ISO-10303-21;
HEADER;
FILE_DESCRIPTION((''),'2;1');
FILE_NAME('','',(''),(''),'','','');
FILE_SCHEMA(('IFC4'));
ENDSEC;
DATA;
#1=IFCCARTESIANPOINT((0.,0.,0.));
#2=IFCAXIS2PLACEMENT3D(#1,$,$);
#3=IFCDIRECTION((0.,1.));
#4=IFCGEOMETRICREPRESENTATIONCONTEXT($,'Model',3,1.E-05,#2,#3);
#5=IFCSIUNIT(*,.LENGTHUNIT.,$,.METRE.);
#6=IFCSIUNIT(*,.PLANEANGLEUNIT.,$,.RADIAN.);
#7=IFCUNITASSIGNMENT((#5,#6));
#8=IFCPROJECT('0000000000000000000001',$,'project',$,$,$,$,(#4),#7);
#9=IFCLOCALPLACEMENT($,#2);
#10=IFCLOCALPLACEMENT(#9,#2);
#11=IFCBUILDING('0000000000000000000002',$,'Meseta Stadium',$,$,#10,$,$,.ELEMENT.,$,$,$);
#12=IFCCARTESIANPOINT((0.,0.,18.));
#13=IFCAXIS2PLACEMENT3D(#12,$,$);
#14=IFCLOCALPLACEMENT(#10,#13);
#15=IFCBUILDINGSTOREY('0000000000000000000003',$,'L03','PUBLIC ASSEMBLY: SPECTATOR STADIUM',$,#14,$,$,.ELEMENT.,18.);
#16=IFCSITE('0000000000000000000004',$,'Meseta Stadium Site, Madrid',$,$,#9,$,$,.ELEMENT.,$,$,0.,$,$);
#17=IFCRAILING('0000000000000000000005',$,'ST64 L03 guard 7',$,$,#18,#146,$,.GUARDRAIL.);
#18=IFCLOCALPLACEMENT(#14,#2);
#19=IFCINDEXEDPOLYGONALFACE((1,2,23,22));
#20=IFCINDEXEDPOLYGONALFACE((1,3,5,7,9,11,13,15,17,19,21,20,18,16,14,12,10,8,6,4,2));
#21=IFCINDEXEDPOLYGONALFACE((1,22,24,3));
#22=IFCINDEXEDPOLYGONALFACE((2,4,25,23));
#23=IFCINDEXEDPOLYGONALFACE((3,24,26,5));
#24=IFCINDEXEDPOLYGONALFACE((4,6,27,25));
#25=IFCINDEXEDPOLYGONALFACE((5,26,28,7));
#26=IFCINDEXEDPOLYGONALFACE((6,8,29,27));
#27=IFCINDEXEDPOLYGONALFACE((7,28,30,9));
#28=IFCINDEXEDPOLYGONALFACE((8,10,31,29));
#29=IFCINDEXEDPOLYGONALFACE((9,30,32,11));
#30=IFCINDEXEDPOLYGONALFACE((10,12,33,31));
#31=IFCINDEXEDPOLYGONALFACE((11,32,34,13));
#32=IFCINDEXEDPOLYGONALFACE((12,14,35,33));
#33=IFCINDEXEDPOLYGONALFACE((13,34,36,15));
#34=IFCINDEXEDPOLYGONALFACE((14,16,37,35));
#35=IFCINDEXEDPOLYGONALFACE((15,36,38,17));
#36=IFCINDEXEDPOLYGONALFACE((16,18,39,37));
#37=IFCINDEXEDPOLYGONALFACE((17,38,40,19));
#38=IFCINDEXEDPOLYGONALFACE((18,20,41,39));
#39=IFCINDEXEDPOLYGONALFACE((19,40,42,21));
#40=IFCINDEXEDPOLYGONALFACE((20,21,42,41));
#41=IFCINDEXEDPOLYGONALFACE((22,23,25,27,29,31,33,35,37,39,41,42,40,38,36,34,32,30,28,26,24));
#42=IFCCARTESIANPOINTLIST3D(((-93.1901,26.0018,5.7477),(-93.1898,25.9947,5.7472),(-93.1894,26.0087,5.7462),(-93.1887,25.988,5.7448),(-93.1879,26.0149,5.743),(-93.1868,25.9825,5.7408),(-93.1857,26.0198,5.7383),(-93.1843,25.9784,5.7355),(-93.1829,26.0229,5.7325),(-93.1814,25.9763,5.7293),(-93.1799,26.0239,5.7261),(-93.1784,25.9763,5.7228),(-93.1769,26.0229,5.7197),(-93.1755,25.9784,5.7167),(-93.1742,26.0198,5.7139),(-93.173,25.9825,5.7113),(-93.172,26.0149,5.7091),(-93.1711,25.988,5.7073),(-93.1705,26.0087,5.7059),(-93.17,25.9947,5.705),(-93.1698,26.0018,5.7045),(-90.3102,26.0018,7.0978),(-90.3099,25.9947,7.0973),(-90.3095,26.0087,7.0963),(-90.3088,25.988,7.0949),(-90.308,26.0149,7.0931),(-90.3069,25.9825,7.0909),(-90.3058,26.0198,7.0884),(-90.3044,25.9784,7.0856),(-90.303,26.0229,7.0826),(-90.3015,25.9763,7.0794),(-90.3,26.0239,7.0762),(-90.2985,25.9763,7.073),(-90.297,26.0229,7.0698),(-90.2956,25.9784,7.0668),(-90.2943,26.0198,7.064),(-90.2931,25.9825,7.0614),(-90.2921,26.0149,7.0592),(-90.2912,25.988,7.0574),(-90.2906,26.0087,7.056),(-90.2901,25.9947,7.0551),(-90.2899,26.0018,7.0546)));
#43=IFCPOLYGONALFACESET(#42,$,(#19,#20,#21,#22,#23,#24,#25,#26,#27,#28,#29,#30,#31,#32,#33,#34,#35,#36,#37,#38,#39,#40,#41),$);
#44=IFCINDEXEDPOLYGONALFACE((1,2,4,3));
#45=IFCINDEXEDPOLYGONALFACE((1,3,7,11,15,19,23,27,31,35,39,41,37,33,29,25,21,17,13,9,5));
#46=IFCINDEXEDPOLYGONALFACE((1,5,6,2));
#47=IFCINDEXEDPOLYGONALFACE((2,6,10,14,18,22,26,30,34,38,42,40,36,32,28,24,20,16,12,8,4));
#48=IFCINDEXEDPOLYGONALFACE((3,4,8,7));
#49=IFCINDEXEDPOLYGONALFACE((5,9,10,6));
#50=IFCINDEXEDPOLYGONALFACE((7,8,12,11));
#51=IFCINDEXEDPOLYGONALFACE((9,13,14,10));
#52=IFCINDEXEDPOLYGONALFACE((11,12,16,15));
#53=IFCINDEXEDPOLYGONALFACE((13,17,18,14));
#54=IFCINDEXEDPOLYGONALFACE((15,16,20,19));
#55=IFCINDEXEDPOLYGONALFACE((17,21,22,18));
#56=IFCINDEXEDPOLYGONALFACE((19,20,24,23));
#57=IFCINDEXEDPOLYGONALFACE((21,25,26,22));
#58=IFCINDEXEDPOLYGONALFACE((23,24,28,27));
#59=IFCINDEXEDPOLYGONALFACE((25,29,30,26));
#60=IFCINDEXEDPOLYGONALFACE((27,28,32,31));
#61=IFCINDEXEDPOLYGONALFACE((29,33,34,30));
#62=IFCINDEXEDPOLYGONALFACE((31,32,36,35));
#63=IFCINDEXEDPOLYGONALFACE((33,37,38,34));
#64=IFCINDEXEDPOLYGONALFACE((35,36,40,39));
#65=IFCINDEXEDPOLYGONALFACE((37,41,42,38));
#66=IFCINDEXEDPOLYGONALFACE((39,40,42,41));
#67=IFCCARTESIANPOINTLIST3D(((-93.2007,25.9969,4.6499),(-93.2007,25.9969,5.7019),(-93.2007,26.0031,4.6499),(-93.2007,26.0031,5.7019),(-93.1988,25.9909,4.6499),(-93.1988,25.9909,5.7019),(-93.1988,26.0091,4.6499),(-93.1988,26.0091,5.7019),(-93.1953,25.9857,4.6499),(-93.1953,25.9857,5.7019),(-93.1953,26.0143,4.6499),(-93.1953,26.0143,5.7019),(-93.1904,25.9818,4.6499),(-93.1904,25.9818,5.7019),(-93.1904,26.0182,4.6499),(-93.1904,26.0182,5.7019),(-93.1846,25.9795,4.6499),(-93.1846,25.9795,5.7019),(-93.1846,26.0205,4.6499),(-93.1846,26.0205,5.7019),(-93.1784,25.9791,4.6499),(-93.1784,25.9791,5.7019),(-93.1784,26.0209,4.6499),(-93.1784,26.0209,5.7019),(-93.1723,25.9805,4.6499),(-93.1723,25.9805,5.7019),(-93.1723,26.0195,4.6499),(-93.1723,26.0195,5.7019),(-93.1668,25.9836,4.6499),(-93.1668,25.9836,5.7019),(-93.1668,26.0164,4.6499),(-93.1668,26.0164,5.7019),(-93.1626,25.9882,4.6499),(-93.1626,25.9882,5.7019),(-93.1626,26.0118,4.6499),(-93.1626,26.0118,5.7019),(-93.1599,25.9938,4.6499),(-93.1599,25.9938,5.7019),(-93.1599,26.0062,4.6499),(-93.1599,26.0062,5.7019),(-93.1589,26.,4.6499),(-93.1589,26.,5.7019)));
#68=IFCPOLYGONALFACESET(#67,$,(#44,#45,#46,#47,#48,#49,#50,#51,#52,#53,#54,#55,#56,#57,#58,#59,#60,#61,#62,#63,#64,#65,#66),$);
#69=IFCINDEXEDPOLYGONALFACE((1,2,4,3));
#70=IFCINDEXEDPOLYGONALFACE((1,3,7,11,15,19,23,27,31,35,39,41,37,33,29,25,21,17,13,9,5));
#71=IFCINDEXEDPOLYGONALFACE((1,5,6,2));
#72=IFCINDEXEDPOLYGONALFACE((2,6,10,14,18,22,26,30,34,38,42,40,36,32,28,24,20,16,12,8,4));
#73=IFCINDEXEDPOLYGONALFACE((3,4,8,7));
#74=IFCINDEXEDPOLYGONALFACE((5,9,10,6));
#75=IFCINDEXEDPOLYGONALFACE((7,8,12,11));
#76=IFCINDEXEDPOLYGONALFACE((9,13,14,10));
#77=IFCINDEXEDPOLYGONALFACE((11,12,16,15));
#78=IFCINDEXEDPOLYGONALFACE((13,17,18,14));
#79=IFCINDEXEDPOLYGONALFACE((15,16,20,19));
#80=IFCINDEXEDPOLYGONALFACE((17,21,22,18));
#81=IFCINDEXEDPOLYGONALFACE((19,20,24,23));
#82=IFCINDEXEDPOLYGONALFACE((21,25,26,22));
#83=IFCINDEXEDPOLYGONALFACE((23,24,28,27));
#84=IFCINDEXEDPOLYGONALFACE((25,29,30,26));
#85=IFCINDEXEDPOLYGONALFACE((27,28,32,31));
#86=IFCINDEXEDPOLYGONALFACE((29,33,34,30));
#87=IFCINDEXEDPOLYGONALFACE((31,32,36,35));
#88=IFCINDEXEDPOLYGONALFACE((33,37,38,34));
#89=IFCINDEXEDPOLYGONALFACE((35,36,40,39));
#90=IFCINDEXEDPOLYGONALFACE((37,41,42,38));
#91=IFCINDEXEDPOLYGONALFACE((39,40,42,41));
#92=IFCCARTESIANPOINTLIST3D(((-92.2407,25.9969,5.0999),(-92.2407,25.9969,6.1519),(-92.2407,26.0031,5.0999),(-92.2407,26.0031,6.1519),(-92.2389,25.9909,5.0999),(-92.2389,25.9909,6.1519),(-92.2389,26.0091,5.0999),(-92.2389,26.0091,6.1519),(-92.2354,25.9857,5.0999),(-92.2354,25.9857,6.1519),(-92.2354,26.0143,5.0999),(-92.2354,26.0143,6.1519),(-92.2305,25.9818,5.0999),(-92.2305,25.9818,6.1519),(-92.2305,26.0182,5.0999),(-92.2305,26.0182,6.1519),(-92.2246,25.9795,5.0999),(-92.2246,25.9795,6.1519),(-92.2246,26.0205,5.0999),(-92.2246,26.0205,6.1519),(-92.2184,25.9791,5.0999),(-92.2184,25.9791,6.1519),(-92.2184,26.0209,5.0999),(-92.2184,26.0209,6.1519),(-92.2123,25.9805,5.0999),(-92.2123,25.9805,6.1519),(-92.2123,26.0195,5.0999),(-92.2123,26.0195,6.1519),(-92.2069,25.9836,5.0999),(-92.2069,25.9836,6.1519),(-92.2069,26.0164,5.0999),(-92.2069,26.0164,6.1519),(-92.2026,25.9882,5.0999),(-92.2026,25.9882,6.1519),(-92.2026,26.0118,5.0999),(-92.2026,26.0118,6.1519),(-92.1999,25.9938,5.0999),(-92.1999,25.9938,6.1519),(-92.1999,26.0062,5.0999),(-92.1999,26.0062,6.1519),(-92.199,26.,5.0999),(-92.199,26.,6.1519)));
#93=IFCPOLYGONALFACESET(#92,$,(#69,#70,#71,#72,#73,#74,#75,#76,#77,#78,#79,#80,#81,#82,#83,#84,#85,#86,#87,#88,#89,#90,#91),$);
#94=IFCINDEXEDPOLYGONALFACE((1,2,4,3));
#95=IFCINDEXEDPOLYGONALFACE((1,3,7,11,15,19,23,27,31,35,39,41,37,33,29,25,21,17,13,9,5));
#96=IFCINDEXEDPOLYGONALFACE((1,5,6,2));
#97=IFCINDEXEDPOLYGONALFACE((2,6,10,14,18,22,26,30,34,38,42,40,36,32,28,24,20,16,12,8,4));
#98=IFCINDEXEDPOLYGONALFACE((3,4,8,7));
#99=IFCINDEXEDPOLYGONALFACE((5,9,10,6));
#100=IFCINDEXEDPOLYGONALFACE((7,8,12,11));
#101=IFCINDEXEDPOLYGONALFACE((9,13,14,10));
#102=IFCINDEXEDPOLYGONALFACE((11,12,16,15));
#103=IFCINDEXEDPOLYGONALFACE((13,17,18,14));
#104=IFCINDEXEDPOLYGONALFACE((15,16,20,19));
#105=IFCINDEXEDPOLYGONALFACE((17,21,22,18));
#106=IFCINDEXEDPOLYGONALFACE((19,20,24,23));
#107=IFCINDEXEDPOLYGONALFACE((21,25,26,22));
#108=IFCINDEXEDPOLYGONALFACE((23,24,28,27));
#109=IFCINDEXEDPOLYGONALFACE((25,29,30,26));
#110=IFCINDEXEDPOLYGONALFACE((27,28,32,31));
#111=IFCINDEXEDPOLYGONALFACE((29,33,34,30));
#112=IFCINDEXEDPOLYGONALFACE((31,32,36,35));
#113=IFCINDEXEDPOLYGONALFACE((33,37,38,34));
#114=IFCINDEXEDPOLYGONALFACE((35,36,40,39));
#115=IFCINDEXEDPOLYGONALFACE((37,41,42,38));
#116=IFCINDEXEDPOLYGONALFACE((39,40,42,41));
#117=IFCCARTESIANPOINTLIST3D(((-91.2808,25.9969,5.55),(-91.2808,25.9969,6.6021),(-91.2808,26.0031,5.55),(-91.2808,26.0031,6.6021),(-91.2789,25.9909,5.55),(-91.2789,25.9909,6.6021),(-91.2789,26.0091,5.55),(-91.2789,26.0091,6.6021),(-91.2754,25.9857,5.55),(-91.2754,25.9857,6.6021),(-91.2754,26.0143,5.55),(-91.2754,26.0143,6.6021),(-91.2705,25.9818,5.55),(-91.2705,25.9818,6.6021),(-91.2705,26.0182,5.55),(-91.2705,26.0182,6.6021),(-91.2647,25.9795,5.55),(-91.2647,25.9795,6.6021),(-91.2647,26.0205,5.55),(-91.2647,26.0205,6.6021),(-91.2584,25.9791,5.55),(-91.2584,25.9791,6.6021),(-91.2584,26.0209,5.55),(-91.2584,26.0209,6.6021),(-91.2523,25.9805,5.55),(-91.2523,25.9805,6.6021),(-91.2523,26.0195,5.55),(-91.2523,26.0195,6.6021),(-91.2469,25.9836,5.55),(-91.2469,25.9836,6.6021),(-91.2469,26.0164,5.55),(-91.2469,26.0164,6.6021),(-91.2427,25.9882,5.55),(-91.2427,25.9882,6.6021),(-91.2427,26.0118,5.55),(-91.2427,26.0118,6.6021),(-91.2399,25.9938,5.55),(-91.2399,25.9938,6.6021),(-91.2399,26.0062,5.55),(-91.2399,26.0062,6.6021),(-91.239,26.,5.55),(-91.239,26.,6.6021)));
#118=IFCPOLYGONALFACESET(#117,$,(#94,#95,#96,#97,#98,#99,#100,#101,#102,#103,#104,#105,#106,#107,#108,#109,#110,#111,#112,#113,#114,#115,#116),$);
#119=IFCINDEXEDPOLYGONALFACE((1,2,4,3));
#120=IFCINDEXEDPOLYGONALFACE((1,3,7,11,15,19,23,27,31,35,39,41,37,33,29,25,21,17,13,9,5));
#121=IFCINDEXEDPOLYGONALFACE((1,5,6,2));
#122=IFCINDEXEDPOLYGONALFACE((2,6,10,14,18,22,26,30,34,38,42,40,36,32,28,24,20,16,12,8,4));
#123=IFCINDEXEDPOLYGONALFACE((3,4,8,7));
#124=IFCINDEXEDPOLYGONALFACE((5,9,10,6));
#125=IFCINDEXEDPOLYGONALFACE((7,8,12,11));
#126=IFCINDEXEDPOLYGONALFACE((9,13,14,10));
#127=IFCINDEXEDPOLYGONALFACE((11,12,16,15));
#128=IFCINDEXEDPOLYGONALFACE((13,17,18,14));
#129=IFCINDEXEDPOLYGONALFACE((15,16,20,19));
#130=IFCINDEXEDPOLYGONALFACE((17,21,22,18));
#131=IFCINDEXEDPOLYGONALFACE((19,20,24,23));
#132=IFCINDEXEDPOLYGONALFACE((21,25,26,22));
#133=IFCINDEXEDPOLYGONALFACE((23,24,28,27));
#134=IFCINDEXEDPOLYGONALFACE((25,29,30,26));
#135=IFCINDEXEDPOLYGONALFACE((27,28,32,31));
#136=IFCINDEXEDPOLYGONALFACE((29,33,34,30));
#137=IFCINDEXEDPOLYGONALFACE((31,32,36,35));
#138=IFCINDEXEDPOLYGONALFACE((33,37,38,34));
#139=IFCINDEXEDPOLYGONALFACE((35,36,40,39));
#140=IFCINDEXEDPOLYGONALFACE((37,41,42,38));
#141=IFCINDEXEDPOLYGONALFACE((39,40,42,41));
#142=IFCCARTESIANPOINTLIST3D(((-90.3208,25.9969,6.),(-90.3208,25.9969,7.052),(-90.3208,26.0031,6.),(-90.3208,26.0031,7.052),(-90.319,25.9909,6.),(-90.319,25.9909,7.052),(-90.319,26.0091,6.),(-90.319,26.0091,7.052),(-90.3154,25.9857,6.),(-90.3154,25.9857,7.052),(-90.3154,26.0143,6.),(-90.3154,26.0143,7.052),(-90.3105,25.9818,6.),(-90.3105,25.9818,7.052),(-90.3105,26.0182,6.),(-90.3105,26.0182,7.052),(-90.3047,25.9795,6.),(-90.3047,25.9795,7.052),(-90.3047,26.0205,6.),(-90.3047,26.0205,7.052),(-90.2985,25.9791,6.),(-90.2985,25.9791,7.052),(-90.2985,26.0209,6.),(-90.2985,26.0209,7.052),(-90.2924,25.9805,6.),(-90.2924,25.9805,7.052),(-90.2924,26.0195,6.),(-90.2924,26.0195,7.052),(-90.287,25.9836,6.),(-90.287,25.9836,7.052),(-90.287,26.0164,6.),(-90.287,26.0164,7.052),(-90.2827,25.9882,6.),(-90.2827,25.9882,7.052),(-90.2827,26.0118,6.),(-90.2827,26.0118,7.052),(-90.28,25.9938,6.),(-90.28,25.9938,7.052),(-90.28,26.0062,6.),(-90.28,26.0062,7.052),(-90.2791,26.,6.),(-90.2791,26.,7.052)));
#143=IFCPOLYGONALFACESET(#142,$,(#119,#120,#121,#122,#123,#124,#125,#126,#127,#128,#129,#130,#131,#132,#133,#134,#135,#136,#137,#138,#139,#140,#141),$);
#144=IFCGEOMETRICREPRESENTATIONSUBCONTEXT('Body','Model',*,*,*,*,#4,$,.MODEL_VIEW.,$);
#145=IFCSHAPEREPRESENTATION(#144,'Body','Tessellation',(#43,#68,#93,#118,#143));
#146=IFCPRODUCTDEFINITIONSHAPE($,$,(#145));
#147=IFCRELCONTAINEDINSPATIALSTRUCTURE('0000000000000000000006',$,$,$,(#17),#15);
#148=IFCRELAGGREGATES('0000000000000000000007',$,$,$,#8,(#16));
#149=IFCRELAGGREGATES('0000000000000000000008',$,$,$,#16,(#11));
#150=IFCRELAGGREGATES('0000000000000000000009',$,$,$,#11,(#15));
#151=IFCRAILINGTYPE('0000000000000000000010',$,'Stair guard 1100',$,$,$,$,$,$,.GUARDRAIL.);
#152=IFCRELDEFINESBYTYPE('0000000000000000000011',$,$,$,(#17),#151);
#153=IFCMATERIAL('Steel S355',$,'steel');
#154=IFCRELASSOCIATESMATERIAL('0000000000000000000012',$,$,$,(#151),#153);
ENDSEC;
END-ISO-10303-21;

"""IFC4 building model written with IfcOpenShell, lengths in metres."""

from ifc_helpers import new_model, si_unit, direction, frame, origin, origin_2d, place, context, subcontext, project, spatial, circle, extrude, material, type_object, element, save


model = new_model("IFC4")

# Units and contexts
model_context = context("Model", 3, precision=1e-05, world=origin(), true_north=direction((0.0, 1.0)))
body_context = subcontext(model_context, "Body", "Model", "MODEL_VIEW")
ifc_project = project(units=[si_unit("LENGTHUNIT", "METRE"), si_unit("PLANEANGLEUNIT", "RADIAN")], contexts=[model_context])

# Site, building, storey
site_placement = place(None, origin())
site = spatial("IfcSite", under=ifc_project, at=site_placement, Name="Meseta Stadium Site, Madrid", CompositionType="ELEMENT", RefElevation=0.0)
building_placement = place(site_placement, origin())
building = spatial("IfcBuilding", under=site, at=building_placement, Name="Meseta Stadium", CompositionType="ELEMENT")
storey_placement = place(building_placement, frame((0.0, 0.0, 18.0)))
storey = spatial("IfcBuildingStorey", under=building, at=storey_placement, Name="L03", Description="PUBLIC ASSEMBLY: SPECTATOR STADIUM", CompositionType="ELEMENT", Elevation=18.0)

# Railing
ifc_material_1 = material(Name="Steel S355", Category="steel")
railing_type_1 = type_object("IfcRailingType", Name="Stair guard 1100", PredefinedType="GUARDRAIL", material=ifc_material_1)
railing_1_placement = place(storey_placement, frame((-93.1799, 26.0, 4.6499)))
element("IfcRailing", 1, at=railing_1_placement, inside=storey, type_object=railing_type_1, Name="ST64 L03 guard 7", PredefinedType="GUARDRAIL", context=body_context, shape_type="SweptSolid", body=[
    extrude(circle(Radius=0.0239, at=origin_2d()), frame((0.0, 0.0, 1.0762), z_axis=(0.90544, 0.0, 0.424473), x_axis=(0.0, 1.0, 0.0)), (0.0, 0.0, 1.0), 3.1807),
    extrude(circle(Radius=0.021, at=origin_2d()), origin(), (0.0, 0.0, 1.0), 1.052),
    extrude(circle(Radius=0.021, at=origin_2d()), frame((0.96, 0.0, 0.45)), (0.0, 0.0, 1.0), 1.052),
    extrude(circle(Radius=0.021, at=origin_2d()), frame((1.9199, 0.0, 0.9001)), (0.0, 0.0, 1.0), 1.052),
    extrude(circle(Radius=0.021, at=origin_2d()), frame((2.8799, 0.0, 1.3501)), (0.0, 0.0, 1.0), 1.052),
])

save(model, "model.ifc")
